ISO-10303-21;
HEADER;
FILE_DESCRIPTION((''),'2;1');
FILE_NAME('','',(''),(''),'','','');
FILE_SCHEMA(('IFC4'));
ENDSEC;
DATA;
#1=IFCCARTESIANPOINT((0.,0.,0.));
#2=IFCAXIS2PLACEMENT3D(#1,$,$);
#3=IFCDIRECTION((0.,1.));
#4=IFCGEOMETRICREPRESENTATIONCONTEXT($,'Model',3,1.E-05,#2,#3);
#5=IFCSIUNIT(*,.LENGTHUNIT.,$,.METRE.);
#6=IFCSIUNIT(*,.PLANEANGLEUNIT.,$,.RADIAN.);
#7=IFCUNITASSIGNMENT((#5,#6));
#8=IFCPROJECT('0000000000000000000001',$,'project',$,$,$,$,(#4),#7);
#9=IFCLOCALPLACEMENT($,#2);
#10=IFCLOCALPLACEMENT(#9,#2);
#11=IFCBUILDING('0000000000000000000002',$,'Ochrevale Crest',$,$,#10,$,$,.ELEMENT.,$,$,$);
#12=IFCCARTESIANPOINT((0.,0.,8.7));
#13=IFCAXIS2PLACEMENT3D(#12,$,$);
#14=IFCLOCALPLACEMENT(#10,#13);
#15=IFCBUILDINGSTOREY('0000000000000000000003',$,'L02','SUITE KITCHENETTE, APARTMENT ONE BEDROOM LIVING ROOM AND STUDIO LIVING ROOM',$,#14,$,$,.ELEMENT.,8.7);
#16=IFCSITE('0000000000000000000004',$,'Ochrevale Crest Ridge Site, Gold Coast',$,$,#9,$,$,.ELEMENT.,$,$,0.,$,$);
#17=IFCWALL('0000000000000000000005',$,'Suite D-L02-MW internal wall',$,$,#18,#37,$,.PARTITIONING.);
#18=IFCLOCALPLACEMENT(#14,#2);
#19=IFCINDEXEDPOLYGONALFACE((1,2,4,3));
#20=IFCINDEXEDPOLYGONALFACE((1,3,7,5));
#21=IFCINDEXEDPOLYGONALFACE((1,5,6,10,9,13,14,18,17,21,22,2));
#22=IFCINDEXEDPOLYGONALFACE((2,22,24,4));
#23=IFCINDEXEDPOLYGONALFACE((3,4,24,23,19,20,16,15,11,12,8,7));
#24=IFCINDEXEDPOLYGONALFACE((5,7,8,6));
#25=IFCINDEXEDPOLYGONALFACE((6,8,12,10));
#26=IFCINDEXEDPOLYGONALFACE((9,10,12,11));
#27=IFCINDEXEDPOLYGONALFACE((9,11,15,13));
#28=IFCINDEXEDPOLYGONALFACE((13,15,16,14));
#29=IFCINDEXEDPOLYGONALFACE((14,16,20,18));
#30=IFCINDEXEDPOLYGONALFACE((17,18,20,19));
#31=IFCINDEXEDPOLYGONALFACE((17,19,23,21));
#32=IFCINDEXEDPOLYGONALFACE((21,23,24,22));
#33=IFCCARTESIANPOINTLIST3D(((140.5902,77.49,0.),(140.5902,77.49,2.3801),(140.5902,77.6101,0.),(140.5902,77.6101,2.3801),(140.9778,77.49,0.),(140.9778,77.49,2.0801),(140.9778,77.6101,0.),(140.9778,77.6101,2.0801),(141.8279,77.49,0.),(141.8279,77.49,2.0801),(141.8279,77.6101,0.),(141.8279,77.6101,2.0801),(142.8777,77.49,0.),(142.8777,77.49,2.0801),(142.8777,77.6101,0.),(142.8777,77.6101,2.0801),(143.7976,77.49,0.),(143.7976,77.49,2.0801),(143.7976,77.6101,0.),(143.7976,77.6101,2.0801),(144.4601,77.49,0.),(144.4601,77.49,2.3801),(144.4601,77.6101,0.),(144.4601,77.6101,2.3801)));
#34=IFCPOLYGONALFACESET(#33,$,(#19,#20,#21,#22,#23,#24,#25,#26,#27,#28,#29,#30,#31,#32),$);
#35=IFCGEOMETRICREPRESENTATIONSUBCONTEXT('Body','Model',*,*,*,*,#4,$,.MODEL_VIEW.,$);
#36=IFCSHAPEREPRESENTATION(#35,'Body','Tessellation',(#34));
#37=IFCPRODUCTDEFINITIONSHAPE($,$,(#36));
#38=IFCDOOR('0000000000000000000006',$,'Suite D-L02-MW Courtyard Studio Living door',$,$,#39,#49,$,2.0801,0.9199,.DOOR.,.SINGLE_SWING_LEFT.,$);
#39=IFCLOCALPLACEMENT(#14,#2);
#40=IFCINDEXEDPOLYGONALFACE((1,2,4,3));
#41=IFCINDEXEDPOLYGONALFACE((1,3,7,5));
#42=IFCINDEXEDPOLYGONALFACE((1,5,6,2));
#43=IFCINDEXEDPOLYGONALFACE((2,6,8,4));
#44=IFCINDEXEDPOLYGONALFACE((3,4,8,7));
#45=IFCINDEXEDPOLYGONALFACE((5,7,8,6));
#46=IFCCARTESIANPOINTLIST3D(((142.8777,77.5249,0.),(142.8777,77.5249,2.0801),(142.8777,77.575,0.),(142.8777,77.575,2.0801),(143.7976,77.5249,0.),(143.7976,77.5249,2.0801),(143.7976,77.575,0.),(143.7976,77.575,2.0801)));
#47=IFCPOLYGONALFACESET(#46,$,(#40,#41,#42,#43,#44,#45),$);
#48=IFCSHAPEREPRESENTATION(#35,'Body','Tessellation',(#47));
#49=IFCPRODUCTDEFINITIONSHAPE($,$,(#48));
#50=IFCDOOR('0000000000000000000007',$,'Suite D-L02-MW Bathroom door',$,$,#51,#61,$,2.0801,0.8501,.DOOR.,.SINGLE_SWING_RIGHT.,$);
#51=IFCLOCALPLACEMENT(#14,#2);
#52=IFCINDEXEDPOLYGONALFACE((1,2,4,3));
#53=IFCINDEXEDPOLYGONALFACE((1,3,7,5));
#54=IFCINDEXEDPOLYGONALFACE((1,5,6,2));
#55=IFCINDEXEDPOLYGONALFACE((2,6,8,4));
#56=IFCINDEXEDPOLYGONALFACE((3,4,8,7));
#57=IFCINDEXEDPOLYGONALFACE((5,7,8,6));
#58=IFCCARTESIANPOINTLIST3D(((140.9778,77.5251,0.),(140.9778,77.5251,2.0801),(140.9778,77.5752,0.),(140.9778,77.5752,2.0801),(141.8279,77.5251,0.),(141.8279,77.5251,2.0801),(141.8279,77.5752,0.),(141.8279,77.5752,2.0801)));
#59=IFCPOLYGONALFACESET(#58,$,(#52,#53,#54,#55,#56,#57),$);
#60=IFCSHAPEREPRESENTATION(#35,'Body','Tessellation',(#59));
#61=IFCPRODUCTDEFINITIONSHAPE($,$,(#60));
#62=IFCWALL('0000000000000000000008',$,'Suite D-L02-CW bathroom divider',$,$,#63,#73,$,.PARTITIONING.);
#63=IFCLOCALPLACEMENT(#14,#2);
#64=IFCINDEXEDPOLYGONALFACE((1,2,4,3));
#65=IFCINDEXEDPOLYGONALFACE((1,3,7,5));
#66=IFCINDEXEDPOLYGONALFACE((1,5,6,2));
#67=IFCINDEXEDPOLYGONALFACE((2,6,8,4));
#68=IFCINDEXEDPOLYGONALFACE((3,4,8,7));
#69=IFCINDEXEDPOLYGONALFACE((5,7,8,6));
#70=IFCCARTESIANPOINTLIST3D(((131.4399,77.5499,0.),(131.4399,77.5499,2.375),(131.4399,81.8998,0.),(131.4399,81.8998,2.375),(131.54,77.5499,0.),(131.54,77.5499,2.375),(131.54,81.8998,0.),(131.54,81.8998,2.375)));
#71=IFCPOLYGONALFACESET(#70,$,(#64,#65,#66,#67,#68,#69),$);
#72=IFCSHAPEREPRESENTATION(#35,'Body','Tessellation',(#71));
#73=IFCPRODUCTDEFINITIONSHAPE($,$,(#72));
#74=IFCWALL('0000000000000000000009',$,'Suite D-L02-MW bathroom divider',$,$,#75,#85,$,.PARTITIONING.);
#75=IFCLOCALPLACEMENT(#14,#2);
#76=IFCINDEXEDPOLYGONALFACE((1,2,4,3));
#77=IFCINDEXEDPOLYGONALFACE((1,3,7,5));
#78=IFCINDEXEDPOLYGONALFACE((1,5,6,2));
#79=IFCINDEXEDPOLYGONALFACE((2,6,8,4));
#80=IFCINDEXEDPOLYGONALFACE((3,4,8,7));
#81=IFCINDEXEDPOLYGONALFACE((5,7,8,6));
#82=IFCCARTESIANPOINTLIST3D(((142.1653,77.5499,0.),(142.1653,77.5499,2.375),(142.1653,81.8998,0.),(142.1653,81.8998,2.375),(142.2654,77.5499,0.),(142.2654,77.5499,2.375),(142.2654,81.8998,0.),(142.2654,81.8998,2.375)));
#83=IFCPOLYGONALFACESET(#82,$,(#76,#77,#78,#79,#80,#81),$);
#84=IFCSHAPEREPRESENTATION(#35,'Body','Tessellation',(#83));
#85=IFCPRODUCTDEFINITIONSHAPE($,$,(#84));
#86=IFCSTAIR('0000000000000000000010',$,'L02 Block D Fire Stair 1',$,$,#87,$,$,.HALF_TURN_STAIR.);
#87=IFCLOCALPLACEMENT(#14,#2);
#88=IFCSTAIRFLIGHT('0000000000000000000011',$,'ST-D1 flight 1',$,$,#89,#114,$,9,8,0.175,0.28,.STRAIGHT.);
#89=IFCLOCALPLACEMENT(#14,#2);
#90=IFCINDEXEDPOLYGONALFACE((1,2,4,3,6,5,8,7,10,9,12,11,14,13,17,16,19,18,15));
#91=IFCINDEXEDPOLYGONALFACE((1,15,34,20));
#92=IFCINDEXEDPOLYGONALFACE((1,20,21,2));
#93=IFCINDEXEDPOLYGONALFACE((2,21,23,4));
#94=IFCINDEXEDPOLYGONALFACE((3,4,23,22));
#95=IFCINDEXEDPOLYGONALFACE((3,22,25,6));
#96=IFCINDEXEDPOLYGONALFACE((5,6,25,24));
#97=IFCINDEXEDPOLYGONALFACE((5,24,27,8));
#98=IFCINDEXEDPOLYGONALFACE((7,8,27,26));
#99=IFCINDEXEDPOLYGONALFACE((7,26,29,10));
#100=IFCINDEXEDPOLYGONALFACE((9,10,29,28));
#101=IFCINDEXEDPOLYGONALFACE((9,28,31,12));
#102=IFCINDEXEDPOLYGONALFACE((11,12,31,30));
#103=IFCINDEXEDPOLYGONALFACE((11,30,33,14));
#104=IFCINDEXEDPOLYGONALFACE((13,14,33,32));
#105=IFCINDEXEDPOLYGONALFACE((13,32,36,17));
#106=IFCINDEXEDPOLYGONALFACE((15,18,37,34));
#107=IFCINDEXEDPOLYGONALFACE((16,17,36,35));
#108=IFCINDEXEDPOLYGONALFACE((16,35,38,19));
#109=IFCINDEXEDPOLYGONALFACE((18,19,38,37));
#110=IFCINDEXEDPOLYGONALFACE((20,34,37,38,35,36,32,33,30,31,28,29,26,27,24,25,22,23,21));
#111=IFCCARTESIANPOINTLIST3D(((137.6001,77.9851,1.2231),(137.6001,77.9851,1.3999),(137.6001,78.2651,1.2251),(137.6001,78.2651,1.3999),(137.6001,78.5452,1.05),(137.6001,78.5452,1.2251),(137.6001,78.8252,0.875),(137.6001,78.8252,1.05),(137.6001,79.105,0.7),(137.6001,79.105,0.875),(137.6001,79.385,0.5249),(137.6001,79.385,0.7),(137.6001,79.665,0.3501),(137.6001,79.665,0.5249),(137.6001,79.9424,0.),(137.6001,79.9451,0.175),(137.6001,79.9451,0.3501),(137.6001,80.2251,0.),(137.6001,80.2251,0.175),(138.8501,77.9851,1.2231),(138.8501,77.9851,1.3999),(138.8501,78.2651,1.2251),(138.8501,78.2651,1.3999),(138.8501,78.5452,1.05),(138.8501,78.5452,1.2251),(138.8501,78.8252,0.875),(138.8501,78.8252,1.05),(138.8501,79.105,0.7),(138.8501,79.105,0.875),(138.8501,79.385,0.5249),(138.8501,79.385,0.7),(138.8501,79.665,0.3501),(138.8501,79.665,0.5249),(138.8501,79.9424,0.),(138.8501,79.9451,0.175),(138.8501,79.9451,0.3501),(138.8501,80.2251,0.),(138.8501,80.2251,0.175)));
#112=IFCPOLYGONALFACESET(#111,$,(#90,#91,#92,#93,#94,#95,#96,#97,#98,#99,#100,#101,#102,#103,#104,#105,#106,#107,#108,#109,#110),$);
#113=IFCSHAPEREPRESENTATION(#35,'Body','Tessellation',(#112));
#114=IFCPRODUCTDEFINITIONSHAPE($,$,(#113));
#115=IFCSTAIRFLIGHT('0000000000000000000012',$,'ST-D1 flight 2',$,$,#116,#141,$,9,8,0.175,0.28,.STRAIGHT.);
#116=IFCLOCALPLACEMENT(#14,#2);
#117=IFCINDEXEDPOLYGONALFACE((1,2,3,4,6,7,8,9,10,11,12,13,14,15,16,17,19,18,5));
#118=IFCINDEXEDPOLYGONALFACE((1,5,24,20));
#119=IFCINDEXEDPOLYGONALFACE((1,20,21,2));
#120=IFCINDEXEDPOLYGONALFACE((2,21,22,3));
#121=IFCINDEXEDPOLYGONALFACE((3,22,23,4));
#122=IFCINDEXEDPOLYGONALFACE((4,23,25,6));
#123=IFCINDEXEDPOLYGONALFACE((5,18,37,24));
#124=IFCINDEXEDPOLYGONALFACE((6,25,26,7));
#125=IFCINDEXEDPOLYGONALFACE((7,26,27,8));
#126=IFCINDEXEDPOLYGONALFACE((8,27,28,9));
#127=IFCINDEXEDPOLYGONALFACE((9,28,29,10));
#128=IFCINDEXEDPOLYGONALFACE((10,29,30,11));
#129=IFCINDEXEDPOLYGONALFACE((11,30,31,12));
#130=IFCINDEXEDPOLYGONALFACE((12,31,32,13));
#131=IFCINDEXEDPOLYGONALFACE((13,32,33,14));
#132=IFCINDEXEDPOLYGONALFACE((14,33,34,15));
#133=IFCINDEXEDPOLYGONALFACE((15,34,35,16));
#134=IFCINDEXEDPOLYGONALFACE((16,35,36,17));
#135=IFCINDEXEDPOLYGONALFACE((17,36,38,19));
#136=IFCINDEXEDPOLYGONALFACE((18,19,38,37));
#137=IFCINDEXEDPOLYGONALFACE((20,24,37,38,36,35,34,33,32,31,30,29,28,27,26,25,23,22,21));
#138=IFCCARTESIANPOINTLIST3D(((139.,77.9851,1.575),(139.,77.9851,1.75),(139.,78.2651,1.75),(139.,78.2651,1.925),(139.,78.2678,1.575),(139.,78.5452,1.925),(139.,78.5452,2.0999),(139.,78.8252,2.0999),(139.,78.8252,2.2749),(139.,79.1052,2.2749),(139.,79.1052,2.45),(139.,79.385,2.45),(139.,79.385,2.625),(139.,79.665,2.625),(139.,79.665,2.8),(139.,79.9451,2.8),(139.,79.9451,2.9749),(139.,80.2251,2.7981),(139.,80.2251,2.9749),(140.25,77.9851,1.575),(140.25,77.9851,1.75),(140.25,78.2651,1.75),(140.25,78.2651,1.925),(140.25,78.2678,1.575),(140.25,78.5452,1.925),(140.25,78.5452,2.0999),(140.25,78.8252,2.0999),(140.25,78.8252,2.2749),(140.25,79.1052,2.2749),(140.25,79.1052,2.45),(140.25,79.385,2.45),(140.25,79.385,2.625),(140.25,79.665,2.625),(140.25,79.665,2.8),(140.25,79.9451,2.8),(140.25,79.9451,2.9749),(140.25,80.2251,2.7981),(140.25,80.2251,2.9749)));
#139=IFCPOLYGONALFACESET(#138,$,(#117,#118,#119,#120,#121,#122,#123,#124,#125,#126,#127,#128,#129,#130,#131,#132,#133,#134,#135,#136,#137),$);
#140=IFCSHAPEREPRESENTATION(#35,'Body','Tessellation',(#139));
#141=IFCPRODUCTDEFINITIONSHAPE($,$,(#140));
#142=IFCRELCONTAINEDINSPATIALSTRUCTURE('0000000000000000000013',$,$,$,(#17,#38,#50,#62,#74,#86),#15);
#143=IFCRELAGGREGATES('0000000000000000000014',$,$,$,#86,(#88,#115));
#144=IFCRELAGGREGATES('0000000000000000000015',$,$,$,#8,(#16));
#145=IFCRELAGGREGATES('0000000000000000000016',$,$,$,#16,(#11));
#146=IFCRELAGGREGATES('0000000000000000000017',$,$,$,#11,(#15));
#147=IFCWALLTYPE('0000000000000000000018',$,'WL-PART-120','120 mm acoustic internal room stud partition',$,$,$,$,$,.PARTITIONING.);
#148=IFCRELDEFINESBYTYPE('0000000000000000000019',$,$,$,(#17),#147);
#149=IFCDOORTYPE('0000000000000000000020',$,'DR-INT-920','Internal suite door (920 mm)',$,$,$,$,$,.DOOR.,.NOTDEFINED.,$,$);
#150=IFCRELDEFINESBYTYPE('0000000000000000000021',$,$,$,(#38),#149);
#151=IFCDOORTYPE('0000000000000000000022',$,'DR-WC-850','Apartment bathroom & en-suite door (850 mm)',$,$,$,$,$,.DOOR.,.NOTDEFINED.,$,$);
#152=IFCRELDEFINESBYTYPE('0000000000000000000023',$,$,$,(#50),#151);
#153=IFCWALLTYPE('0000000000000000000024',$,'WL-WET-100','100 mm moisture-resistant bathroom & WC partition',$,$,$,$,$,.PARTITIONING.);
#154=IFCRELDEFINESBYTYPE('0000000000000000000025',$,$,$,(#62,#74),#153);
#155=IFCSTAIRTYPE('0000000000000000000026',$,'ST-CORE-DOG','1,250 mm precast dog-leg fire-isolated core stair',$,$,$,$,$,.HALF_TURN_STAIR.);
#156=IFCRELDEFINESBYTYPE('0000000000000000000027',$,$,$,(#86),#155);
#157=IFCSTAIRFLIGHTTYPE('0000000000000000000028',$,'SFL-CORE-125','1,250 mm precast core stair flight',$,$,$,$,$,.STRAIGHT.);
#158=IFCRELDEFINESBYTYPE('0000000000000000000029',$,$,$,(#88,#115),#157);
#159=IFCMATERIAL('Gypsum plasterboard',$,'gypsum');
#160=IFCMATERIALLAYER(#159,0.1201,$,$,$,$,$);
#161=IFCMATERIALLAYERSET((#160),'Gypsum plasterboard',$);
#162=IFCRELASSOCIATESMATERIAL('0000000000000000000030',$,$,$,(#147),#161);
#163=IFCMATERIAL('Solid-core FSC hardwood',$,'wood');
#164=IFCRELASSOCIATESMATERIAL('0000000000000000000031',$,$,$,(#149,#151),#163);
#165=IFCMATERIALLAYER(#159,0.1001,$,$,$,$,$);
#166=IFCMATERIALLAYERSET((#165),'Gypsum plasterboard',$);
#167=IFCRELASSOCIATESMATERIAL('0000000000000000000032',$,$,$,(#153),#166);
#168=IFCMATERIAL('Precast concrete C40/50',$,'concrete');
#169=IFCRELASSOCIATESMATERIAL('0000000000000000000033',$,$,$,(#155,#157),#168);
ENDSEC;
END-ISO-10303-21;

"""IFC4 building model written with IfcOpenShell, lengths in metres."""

from ifc_helpers import new_model, si_unit, direction, frame, frame_2d, origin, place, context, subcontext, project, spatial, polyline, rectangle, outline, extrude, material, layer, layer_set, type_object, element, fill, aggregate, save


model = new_model("IFC4")

# Units and contexts
model_context = context("Model", 3, precision=1e-05, world=origin(), true_north=direction((0.0, 1.0)))
body_context = subcontext(model_context, "Body", "Model", "MODEL_VIEW")
ifc_project = project(units=[si_unit("LENGTHUNIT", "METRE"), si_unit("PLANEANGLEUNIT", "RADIAN")], contexts=[model_context])

# Site, building, storey
site_placement = place(None, origin())
site = spatial("IfcSite", under=ifc_project, at=site_placement, Name="Ochrevale Crest Ridge Site, Gold Coast", CompositionType="ELEMENT", RefElevation=0.0)
building_placement = place(site_placement, origin())
building = spatial("IfcBuilding", under=site, at=building_placement, Name="Ochrevale Crest", CompositionType="ELEMENT")
storey_placement = place(building_placement, frame((0.0, 0.0, 8.7)))
storey = spatial("IfcBuildingStorey", under=building, at=storey_placement, Name="L02", Description="SUITE KITCHENETTE, APARTMENT ONE BEDROOM LIVING ROOM AND STUDIO LIVING ROOM", CompositionType="ELEMENT", Elevation=8.7)

# Shared definitions
ifc_material_1 = material(Name="Solid-core FSC hardwood", Category="wood")

# Wall, openings, doors
ifc_material_2 = material(Name="Gypsum plasterboard", Category="gypsum")
ifc_layer_1 = layer(ifc_material_2, 0.1201)
ifc_layer_set_1 = layer_set([ifc_layer_1], Name="Gypsum plasterboard")
wall_type_1 = type_object("IfcWallType", Name="WL-PART-120", Description="120 mm acoustic internal room stud partition", PredefinedType="PARTITIONING", material=ifc_layer_set_1)
wall_1_placement = place(storey_placement, frame((140.5901, 77.55, 0.0), z_axis=(0.0, 0.0, 1.0), x_axis=(1.0, 0.0, 0.0)))
wall_1 = element("IfcWall", 1, at=wall_1_placement, inside=storey, type_object=wall_type_1, Name="Suite D-L02-MW internal wall", PredefinedType="PARTITIONING", context=body_context, shape_type="SweptSolid", body=[
    extrude(rectangle(XDim=3.8699, YDim=0.1201, at=frame_2d((1.9351, 0.0))), origin(), (0.0, 0.0, 1.0), 2.3801),
])
opening_1_placement = place(wall_1_placement, frame((1.2378, 0.0, 0.0), z_axis=(0.0, 0.0, 1.0), x_axis=(-1.0, 0.0, 0.0)))
opening_1 = element("IfcOpeningElement", 2, at=opening_1_placement, cuts=wall_1, PredefinedType="OPENING", context=body_context, shape_type="SweptSolid", body=[
    extrude(rectangle(XDim=0.8501, YDim=2.0801, at=frame_2d((0.425, 1.04))), frame((0.0, 0.0701, 0.0), z_axis=(0.0, -1.0, 0.0), x_axis=(1.0, 0.0, 0.0)), (0.0, 0.0, 1.0), 0.1401),
])
opening_2_placement = place(wall_1_placement, frame((2.2876, 0.0, 0.0)))
opening_2 = element("IfcOpeningElement", 3, at=opening_2_placement, cuts=wall_1, PredefinedType="OPENING", context=body_context, shape_type="SweptSolid", body=[
    extrude(rectangle(XDim=0.9199, YDim=2.0801, at=frame_2d((0.46, 1.04))), frame((0.0, 0.0701, 0.0), z_axis=(0.0, -1.0, 0.0), x_axis=(1.0, 0.0, 0.0)), (0.0, 0.0, 1.0), 0.1401),
])
door_type_1 = type_object("IfcDoorType", Name="DR-INT-920", Description="Internal suite door (920 mm)", OperationType="NOTDEFINED", PredefinedType="DOOR", material=ifc_material_1)
door_1_placement = place(opening_2_placement, origin())
door_1 = element("IfcDoor", 4, at=door_1_placement, inside=storey, type_object=door_type_1, Name="Suite D-L02-MW Courtyard Studio Living door", OperationType="SINGLE_SWING_LEFT", OverallHeight=2.0801, OverallWidth=0.9199, PredefinedType="DOOR", context=body_context, shape_type="SweptSolid", body=[
    extrude(rectangle(XDim=0.9199, YDim=2.0801, at=frame_2d((0.46, 1.04))), frame((0.0, 0.0249, 0.0), z_axis=(0.0, -1.0, 0.0), x_axis=(1.0, 0.0, 0.0)), (0.0, 0.0, 1.0), 0.05),
])
fill(opening_2, door_1)
door_type_2 = type_object("IfcDoorType", Name="DR-WC-850", Description="Apartment bathroom & en-suite door (850 mm)", OperationType="NOTDEFINED", PredefinedType="DOOR", material=ifc_material_1)
door_2_placement = place(opening_1_placement, origin())
door_2 = element("IfcDoor", 5, at=door_2_placement, inside=storey, type_object=door_type_2, Name="Suite D-L02-MW Bathroom door", OperationType="SINGLE_SWING_RIGHT", OverallHeight=2.0801, OverallWidth=0.8501, PredefinedType="DOOR", context=body_context, shape_type="SweptSolid", body=[
    extrude(rectangle(XDim=0.8501, YDim=2.0801, at=frame_2d((0.425, 1.04))), frame((0.0, 0.0249, 0.0), z_axis=(0.0, -1.0, 0.0), x_axis=(1.0, 0.0, 0.0)), (0.0, 0.0, 1.0), 0.05),
])
fill(opening_1, door_2)

# Walls
ifc_layer_2 = layer(ifc_material_2, 0.1001)
ifc_layer_set_2 = layer_set([ifc_layer_2], Name="Gypsum plasterboard")
wall_type_2 = type_object("IfcWallType", Name="WL-WET-100", Description="100 mm moisture-resistant bathroom & WC partition", PredefinedType="PARTITIONING", material=ifc_layer_set_2)
for number, where, z_axis, x_axis, name in (
    (6, (131.49, 77.55, 0.0), (0.0, 0.0, 1.0), (0.0, 1.0, 0.0), "Suite D-L02-CW bathroom divider"),
    (7, (142.2153, 77.55, 0.0), (0.0, 0.0, 1.0), (0.0, 1.0, 0.0), "Suite D-L02-MW bathroom divider"),
):
    element("IfcWall", number, at=place(storey_placement, frame(where, z_axis=z_axis, x_axis=x_axis)), inside=storey, type_object=wall_type_2, Name=name, PredefinedType="PARTITIONING", context=body_context, shape_type="SweptSolid", body=[
        extrude(rectangle(XDim=4.3499, YDim=0.1001, at=frame_2d((2.1748, 0.0))), origin(), (0.0, 0.0, 1.0), 2.375),
    ])

# Stair, stair flights
ifc_material_3 = material(Name="Precast concrete C40/50", Category="concrete")
stair_type = type_object("IfcStairType", Name="ST-CORE-DOG", Description="1,250 mm precast dog-leg fire-isolated core stair", PredefinedType="HALF_TURN_STAIR", material=ifc_material_3)
stair_placement = place(storey_placement, origin())
stair = element("IfcStair", 8, at=stair_placement, inside=storey, type_object=stair_type, Name="L02 Block D Fire Stair 1", PredefinedType="HALF_TURN_STAIR")
stair_flight_type = type_object("IfcStairFlightType", Name="SFL-CORE-125", Description="1,250 mm precast core stair flight", PredefinedType="STRAIGHT", material=ifc_material_3)
stair_flight_1_placement = place(storey_placement, frame((138.2251, 80.2251, 0.0), z_axis=(0.0, 0.0, 1.0), x_axis=(0.0, -1.0, 0.0)))
stair_flight_1 = element("IfcStairFlight", 9, at=stair_flight_1_placement, type_object=stair_flight_type, Name="ST-D1 flight 1", NumberOfRisers=9, NumberOfTreads=8, PredefinedType="STRAIGHT", RiserHeight=0.175, TreadLength=0.28, context=body_context, shape_type="SweptSolid", body=[
    extrude(outline(polyline([(0.0, 0.0), (0.0, 0.175), (0.28, 0.175), (0.28, 0.3501), (0.5601, 0.3501), (0.5601, 0.5249), (0.8401, 0.5249), (0.8401, 0.7), (1.1201, 0.7), (1.1201, 0.875), (1.3999, 0.875), (1.3999, 1.05), (1.6799, 1.05), (1.6799, 1.2251), (1.96, 1.2251), (1.96, 1.3999), (2.24, 1.3999), (2.24, 1.575), (2.24, 1.2231), (0.2827, 0.0), (0.0, 0.0)])), frame((0.0, 0.625, 0.0), z_axis=(0.0, -1.0, 0.0), x_axis=(1.0, 0.0, 0.0)), (0.0, 0.0, 1.0), 1.25),
])
stair_flight_2_placement = place(storey_placement, frame((139.625, 77.9851, 1.575), z_axis=(0.0, 0.0, 1.0), x_axis=(0.0, 1.0, 0.0)))
stair_flight_2 = element("IfcStairFlight", 10, at=stair_flight_2_placement, type_object=stair_flight_type, Name="ST-D1 flight 2", NumberOfRisers=9, NumberOfTreads=8, PredefinedType="STRAIGHT", RiserHeight=0.175, TreadLength=0.28, context=body_context, shape_type="SweptSolid", body=[
    extrude(outline(polyline([(0.0, 0.0), (0.0, 0.175), (0.28, 0.175), (0.28, 0.3501), (0.5601, 0.3501), (0.5601, 0.5249), (0.8401, 0.5249), (0.8401, 0.7), (1.1201, 0.7), (1.1201, 0.875), (1.3999, 0.875), (1.3999, 1.05), (1.6799, 1.05), (1.6799, 1.2251), (1.96, 1.2251), (1.96, 1.3999), (2.24, 1.3999), (2.24, 1.575), (2.24, 1.2231), (0.2827, 0.0), (0.0, 0.0)])), frame((0.0, 0.625, 0.0), z_axis=(0.0, -1.0, 0.0), x_axis=(1.0, 0.0, 0.0)), (0.0, 0.0, 1.0), 1.25),
])
aggregate(stair, [stair_flight_1, stair_flight_2])

save(model, "model.ifc")
